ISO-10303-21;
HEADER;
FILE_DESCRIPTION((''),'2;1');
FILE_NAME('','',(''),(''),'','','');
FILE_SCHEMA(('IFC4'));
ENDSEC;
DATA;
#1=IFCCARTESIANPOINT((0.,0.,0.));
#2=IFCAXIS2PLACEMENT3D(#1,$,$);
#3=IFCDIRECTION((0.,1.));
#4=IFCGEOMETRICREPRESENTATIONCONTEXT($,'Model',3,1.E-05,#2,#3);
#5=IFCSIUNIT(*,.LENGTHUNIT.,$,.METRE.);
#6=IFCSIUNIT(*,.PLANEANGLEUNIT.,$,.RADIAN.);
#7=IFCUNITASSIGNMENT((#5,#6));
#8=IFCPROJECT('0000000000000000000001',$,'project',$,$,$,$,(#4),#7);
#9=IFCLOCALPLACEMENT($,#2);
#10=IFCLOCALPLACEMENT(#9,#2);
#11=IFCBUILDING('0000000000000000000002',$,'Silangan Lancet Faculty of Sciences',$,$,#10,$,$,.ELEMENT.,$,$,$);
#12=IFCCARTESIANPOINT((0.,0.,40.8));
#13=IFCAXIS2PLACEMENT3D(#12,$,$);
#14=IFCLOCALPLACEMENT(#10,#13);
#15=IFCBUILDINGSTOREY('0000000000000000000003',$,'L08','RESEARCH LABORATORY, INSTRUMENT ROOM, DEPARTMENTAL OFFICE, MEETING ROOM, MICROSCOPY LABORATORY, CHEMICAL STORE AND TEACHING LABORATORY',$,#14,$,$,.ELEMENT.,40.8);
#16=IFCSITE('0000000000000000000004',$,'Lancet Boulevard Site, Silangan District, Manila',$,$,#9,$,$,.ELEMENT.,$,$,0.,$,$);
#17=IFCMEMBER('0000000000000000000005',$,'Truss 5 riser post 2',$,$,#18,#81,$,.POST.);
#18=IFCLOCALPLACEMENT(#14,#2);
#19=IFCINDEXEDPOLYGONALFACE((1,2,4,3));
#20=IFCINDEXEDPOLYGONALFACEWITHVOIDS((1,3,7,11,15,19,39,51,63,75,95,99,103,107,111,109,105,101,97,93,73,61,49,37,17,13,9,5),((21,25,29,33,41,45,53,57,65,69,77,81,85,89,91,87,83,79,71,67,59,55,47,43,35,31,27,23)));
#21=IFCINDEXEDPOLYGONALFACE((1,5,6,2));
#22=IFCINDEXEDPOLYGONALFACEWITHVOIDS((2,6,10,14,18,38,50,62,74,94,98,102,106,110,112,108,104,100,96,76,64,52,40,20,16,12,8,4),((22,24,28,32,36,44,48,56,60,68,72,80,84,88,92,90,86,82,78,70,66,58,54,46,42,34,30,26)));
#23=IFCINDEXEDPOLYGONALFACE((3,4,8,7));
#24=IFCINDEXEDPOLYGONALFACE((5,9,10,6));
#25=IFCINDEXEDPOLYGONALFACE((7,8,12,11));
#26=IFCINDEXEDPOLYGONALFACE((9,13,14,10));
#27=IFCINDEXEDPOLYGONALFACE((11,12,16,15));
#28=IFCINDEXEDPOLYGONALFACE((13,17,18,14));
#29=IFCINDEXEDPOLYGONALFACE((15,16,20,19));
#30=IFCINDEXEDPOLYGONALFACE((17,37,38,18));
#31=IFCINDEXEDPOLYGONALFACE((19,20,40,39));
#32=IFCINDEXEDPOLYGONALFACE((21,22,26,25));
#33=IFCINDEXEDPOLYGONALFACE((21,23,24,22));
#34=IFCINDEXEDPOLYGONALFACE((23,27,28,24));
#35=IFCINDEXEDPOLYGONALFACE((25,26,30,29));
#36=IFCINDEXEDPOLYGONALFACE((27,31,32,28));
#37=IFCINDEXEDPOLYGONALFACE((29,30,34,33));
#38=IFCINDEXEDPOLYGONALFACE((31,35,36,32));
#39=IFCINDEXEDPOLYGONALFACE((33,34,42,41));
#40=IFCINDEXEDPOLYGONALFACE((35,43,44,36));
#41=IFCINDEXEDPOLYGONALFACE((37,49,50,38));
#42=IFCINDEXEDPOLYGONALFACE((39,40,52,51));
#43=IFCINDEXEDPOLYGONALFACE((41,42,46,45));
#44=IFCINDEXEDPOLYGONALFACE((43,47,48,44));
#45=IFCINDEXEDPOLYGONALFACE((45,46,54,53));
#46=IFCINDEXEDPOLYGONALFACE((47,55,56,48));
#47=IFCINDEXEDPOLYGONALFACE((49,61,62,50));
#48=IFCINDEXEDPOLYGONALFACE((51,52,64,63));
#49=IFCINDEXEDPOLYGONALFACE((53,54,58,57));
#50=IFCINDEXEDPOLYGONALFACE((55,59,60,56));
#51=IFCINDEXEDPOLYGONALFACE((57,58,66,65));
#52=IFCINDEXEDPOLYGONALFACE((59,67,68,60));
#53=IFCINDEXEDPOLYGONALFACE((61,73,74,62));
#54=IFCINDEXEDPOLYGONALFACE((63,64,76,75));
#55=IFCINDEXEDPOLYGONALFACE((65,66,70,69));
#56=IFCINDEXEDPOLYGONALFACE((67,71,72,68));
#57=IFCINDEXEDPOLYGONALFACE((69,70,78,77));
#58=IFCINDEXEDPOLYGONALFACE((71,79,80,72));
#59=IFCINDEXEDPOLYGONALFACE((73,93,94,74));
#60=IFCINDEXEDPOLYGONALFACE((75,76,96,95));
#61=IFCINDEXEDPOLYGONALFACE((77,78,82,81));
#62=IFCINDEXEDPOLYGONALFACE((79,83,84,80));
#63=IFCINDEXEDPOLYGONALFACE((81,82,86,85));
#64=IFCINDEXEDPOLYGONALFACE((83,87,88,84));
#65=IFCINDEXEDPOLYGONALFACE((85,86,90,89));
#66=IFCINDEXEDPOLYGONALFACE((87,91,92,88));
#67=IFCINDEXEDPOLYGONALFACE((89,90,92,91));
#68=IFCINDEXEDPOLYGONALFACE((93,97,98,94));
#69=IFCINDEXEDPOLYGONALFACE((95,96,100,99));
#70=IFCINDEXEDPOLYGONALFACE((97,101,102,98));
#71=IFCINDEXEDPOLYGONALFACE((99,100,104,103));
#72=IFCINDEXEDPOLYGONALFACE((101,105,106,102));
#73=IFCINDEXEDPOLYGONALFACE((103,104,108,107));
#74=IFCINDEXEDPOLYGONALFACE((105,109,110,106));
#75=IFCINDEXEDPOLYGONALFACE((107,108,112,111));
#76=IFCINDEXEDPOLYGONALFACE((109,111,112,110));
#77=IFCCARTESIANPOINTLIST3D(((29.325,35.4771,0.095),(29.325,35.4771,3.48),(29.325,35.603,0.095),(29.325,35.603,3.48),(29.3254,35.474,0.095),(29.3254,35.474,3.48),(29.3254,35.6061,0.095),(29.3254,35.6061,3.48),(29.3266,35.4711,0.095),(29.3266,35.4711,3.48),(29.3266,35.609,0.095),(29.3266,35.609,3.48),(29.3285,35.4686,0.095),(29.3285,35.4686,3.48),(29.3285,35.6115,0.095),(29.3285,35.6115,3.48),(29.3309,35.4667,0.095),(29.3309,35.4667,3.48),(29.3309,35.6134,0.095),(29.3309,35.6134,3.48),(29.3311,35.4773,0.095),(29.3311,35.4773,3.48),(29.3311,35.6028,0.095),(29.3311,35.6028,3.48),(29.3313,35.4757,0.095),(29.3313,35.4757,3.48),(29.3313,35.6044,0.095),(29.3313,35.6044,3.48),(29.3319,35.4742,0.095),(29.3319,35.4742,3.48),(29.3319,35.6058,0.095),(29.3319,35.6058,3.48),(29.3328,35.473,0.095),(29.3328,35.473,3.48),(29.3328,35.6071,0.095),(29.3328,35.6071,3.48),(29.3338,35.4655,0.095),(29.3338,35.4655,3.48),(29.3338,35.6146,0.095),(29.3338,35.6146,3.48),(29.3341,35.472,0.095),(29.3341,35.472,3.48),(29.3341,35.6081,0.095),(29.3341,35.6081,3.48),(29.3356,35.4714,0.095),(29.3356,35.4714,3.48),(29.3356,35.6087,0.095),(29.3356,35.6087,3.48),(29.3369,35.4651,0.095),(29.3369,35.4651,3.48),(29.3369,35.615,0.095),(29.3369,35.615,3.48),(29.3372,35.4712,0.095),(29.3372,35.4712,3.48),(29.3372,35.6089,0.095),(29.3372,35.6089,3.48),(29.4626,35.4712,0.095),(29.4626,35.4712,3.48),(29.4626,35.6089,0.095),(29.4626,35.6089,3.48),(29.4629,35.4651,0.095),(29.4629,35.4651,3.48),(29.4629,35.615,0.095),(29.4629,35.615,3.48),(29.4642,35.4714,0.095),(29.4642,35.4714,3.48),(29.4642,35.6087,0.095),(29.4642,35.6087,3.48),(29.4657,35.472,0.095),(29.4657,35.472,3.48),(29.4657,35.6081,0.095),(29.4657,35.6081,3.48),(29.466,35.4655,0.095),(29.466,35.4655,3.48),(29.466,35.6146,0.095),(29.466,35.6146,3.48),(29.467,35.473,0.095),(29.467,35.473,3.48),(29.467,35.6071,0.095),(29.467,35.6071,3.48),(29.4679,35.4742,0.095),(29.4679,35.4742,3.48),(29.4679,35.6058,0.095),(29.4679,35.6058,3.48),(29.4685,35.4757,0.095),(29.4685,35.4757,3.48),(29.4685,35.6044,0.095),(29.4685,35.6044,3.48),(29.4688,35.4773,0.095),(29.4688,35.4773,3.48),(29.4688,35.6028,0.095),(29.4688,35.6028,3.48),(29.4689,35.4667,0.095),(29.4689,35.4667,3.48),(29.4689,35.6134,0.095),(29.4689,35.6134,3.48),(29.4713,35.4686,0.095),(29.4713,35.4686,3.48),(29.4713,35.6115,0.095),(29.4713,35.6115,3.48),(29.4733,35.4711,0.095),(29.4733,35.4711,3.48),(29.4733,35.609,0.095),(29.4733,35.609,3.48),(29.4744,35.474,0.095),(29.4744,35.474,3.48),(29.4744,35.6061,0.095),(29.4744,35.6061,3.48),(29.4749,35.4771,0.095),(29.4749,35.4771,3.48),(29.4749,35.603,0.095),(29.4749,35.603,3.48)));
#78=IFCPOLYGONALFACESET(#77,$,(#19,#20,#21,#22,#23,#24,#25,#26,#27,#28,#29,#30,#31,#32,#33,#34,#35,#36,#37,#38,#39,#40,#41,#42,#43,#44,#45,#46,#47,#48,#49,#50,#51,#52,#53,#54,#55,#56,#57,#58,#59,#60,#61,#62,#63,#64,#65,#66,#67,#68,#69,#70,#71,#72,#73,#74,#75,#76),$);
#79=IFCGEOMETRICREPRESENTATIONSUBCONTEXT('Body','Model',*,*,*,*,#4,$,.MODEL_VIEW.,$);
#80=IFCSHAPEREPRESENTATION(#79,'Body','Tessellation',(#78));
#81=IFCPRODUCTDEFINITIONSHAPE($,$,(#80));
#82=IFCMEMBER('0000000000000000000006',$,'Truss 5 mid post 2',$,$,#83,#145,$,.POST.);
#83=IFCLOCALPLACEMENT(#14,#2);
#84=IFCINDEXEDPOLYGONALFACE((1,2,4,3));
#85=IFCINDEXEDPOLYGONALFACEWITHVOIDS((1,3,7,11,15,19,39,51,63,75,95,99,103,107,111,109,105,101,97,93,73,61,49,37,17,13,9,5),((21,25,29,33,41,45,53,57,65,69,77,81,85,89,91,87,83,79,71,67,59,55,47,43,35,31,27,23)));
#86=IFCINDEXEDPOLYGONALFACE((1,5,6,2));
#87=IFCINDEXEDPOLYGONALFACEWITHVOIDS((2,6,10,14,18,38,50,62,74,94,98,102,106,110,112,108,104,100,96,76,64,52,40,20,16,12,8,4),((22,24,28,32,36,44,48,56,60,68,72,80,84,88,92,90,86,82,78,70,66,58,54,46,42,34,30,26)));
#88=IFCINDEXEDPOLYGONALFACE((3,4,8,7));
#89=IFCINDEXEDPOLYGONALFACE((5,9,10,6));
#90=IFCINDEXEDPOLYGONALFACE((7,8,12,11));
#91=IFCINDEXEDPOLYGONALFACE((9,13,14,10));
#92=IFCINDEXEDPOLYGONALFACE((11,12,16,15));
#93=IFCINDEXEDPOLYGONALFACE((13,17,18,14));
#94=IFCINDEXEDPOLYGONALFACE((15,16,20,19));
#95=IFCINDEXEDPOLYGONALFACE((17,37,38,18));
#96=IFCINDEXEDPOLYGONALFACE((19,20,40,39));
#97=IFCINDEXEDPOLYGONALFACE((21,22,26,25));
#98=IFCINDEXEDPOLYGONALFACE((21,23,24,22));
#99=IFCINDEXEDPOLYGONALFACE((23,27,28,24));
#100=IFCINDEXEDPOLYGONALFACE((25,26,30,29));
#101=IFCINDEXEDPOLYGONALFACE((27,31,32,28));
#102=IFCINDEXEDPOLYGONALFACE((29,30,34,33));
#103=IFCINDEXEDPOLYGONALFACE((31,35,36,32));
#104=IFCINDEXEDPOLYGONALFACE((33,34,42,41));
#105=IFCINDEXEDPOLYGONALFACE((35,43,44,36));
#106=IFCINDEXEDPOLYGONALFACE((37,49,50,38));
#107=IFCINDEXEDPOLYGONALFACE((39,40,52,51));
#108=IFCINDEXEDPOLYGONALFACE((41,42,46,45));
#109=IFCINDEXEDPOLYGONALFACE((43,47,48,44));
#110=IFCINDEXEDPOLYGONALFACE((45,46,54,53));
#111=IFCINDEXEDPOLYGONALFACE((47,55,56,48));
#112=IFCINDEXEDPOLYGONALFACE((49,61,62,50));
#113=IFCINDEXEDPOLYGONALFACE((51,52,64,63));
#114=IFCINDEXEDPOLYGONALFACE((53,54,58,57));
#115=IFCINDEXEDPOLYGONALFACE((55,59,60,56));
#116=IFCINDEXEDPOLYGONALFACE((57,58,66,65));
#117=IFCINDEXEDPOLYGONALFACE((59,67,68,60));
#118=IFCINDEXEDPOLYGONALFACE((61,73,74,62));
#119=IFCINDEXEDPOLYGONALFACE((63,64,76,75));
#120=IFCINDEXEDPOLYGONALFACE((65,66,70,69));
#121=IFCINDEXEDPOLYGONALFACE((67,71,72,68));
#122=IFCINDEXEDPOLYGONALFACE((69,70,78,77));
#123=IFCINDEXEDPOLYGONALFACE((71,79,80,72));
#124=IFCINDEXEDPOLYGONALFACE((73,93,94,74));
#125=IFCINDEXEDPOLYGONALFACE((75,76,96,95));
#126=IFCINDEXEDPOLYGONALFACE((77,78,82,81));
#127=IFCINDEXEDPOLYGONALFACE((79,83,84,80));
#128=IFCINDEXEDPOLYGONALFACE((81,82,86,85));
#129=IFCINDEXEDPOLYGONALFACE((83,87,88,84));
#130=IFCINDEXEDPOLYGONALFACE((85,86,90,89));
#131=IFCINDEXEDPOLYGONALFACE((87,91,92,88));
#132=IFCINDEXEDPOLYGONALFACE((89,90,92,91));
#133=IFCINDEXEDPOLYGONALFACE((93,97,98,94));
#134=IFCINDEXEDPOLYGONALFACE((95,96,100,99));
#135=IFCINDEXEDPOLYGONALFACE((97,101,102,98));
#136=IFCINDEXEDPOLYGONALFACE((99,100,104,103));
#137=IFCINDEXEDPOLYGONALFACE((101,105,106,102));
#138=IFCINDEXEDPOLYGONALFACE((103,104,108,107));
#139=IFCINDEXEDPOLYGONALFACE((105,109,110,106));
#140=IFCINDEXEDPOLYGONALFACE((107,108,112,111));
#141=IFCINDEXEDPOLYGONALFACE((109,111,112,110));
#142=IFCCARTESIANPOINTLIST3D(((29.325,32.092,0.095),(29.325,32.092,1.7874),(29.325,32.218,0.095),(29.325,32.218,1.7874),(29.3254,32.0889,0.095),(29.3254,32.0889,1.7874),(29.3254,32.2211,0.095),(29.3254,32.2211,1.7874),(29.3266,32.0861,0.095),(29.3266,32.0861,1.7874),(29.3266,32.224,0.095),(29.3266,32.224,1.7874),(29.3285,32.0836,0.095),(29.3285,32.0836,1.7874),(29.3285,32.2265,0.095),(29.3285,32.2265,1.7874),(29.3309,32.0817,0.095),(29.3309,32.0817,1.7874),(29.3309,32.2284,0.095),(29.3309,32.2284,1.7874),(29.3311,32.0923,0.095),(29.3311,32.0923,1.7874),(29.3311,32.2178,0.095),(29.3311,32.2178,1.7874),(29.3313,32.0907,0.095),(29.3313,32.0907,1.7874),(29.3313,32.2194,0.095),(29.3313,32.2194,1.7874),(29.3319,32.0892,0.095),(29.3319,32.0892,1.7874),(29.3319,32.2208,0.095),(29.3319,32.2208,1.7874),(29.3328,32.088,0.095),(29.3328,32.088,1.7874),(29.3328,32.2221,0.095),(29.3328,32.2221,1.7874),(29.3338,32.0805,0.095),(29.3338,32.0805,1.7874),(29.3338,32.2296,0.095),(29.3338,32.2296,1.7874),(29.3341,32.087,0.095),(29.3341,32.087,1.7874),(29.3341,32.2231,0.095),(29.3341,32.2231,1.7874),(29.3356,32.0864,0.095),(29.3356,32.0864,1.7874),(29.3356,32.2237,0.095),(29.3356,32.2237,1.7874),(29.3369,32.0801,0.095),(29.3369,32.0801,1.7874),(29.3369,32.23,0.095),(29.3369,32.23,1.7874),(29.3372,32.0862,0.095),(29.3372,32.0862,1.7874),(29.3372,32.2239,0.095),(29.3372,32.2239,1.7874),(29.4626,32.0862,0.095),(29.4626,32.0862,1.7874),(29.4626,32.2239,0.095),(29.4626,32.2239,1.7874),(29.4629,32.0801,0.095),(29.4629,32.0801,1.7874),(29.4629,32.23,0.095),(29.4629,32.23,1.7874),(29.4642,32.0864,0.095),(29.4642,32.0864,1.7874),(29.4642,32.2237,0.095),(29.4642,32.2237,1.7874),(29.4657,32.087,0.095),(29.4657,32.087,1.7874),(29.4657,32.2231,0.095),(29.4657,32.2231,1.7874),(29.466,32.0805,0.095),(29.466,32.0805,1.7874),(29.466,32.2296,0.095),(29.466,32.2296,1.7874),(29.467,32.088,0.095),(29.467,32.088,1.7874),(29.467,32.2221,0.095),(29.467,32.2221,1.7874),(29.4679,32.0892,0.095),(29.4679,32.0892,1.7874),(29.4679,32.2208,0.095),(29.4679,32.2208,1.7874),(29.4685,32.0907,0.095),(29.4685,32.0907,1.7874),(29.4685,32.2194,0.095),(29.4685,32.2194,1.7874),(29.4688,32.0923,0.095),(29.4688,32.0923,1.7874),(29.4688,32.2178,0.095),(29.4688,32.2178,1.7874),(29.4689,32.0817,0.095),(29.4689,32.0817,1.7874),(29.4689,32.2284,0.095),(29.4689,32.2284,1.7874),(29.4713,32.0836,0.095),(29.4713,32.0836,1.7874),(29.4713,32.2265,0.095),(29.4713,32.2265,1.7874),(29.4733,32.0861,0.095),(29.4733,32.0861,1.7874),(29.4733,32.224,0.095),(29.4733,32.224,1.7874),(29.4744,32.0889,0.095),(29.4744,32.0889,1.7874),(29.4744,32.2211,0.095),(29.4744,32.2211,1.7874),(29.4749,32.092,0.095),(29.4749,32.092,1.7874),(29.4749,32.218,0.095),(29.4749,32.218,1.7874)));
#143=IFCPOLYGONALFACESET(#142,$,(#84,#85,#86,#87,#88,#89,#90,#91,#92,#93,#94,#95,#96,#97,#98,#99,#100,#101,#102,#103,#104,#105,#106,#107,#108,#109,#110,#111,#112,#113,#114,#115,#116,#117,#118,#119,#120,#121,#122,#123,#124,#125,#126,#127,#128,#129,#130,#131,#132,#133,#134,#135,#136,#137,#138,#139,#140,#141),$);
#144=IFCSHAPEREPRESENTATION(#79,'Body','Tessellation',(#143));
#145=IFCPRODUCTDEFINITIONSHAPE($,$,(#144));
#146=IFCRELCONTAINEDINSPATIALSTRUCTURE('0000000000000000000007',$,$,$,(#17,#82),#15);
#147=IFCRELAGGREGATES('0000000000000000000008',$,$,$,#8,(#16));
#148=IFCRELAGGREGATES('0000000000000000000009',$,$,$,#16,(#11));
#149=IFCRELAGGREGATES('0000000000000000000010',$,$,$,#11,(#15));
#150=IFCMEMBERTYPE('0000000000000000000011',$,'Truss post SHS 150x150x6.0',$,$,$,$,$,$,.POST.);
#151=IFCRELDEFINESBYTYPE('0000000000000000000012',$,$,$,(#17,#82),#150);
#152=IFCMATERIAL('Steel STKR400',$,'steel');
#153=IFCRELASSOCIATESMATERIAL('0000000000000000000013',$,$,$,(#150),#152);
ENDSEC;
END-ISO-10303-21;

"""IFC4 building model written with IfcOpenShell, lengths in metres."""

from ifc_helpers import new_model, si_unit, direction, frame, origin, origin_2d, place, context, subcontext, project, spatial, hollow_rectangle, extrude, material, material_profile, profile_set, type_object, element, save


model = new_model("IFC4")

# Units and contexts
model_context = context("Model", 3, precision=1e-05, world=origin(), true_north=direction((0.0, 1.0)))
body_context = subcontext(model_context, "Body", "Model", "MODEL_VIEW")
ifc_project = project(units=[si_unit("LENGTHUNIT", "METRE"), si_unit("PLANEANGLEUNIT", "RADIAN")], contexts=[model_context])

# Site, building, storey
site_placement = place(None, origin())
site = spatial("IfcSite", under=ifc_project, at=site_placement, Name="Lancet Boulevard Site, Silangan District, Manila", CompositionType="ELEMENT", RefElevation=0.0)
building_placement = place(site_placement, origin())
building = spatial("IfcBuilding", under=site, at=building_placement, Name="Silangan Lancet Faculty of Sciences", CompositionType="ELEMENT")
storey_placement = place(building_placement, frame((0.0, 0.0, 40.8)))
storey = spatial("IfcBuildingStorey", under=building, at=storey_placement, Name="L08", Description="RESEARCH LABORATORY, INSTRUMENT ROOM, DEPARTMENTAL OFFICE, MEETING ROOM, MICROSCOPY LABORATORY, CHEMICAL STORE AND TEACHING LABORATORY", CompositionType="ELEMENT", Elevation=40.8)

# Members
ifc_material_1 = material(Name="Steel STKR400", Category="steel")
ifc_material_profile_1 = material_profile(ifc_material_1, hollow_rectangle(XDim=0.1499, YDim=0.1499, WallThickness=0.0061, InnerFilletRadius=0.0061, OuterFilletRadius=0.012, at=origin_2d()), Name="SHS 150x150x6.0")
ifc_profile_set_1 = profile_set([ifc_material_profile_1], Name="Steel STKR400")
member_type_1 = type_object("IfcMemberType", Name="Truss post SHS 150x150x6.0", PredefinedType="POST", material=ifc_profile_set_1)
member_1_placement = place(storey_placement, frame((29.3999, 35.54, 0.095), z_axis=(0.0, 0.0, 1.0), x_axis=(1.0, 0.0, 0.0)))
element("IfcMember", 1, at=member_1_placement, inside=storey, type_object=member_type_1, Name="Truss 5 riser post 2", PredefinedType="POST", context=body_context, shape_type="SweptSolid", body=[
    extrude(hollow_rectangle(XDim=0.1499, YDim=0.1499, WallThickness=0.0061, InnerFilletRadius=0.0061, OuterFilletRadius=0.012, at=origin_2d()), origin(), (0.0, 0.0, 1.0), 3.385),
])
for number, where, z_axis, x_axis, name in (
    (2, (29.3999, 32.155, 0.095), (0.0, 0.0, 1.0), (1.0, 0.0, 0.0), "Truss 5 mid post 2"),
):
    element("IfcMember", number, at=place(storey_placement, frame(where, z_axis=z_axis, x_axis=x_axis)), inside=storey, type_object=member_type_1, Name=name, PredefinedType="POST", context=body_context, shape_type="SweptSolid", body=[
        extrude(hollow_rectangle(XDim=0.1499, YDim=0.1499, WallThickness=0.0061, InnerFilletRadius=0.0061, OuterFilletRadius=0.012, at=origin_2d()), origin(), (0.0, 0.0, 1.0), 1.6924),
    ])

save(model, "model.ifc")
